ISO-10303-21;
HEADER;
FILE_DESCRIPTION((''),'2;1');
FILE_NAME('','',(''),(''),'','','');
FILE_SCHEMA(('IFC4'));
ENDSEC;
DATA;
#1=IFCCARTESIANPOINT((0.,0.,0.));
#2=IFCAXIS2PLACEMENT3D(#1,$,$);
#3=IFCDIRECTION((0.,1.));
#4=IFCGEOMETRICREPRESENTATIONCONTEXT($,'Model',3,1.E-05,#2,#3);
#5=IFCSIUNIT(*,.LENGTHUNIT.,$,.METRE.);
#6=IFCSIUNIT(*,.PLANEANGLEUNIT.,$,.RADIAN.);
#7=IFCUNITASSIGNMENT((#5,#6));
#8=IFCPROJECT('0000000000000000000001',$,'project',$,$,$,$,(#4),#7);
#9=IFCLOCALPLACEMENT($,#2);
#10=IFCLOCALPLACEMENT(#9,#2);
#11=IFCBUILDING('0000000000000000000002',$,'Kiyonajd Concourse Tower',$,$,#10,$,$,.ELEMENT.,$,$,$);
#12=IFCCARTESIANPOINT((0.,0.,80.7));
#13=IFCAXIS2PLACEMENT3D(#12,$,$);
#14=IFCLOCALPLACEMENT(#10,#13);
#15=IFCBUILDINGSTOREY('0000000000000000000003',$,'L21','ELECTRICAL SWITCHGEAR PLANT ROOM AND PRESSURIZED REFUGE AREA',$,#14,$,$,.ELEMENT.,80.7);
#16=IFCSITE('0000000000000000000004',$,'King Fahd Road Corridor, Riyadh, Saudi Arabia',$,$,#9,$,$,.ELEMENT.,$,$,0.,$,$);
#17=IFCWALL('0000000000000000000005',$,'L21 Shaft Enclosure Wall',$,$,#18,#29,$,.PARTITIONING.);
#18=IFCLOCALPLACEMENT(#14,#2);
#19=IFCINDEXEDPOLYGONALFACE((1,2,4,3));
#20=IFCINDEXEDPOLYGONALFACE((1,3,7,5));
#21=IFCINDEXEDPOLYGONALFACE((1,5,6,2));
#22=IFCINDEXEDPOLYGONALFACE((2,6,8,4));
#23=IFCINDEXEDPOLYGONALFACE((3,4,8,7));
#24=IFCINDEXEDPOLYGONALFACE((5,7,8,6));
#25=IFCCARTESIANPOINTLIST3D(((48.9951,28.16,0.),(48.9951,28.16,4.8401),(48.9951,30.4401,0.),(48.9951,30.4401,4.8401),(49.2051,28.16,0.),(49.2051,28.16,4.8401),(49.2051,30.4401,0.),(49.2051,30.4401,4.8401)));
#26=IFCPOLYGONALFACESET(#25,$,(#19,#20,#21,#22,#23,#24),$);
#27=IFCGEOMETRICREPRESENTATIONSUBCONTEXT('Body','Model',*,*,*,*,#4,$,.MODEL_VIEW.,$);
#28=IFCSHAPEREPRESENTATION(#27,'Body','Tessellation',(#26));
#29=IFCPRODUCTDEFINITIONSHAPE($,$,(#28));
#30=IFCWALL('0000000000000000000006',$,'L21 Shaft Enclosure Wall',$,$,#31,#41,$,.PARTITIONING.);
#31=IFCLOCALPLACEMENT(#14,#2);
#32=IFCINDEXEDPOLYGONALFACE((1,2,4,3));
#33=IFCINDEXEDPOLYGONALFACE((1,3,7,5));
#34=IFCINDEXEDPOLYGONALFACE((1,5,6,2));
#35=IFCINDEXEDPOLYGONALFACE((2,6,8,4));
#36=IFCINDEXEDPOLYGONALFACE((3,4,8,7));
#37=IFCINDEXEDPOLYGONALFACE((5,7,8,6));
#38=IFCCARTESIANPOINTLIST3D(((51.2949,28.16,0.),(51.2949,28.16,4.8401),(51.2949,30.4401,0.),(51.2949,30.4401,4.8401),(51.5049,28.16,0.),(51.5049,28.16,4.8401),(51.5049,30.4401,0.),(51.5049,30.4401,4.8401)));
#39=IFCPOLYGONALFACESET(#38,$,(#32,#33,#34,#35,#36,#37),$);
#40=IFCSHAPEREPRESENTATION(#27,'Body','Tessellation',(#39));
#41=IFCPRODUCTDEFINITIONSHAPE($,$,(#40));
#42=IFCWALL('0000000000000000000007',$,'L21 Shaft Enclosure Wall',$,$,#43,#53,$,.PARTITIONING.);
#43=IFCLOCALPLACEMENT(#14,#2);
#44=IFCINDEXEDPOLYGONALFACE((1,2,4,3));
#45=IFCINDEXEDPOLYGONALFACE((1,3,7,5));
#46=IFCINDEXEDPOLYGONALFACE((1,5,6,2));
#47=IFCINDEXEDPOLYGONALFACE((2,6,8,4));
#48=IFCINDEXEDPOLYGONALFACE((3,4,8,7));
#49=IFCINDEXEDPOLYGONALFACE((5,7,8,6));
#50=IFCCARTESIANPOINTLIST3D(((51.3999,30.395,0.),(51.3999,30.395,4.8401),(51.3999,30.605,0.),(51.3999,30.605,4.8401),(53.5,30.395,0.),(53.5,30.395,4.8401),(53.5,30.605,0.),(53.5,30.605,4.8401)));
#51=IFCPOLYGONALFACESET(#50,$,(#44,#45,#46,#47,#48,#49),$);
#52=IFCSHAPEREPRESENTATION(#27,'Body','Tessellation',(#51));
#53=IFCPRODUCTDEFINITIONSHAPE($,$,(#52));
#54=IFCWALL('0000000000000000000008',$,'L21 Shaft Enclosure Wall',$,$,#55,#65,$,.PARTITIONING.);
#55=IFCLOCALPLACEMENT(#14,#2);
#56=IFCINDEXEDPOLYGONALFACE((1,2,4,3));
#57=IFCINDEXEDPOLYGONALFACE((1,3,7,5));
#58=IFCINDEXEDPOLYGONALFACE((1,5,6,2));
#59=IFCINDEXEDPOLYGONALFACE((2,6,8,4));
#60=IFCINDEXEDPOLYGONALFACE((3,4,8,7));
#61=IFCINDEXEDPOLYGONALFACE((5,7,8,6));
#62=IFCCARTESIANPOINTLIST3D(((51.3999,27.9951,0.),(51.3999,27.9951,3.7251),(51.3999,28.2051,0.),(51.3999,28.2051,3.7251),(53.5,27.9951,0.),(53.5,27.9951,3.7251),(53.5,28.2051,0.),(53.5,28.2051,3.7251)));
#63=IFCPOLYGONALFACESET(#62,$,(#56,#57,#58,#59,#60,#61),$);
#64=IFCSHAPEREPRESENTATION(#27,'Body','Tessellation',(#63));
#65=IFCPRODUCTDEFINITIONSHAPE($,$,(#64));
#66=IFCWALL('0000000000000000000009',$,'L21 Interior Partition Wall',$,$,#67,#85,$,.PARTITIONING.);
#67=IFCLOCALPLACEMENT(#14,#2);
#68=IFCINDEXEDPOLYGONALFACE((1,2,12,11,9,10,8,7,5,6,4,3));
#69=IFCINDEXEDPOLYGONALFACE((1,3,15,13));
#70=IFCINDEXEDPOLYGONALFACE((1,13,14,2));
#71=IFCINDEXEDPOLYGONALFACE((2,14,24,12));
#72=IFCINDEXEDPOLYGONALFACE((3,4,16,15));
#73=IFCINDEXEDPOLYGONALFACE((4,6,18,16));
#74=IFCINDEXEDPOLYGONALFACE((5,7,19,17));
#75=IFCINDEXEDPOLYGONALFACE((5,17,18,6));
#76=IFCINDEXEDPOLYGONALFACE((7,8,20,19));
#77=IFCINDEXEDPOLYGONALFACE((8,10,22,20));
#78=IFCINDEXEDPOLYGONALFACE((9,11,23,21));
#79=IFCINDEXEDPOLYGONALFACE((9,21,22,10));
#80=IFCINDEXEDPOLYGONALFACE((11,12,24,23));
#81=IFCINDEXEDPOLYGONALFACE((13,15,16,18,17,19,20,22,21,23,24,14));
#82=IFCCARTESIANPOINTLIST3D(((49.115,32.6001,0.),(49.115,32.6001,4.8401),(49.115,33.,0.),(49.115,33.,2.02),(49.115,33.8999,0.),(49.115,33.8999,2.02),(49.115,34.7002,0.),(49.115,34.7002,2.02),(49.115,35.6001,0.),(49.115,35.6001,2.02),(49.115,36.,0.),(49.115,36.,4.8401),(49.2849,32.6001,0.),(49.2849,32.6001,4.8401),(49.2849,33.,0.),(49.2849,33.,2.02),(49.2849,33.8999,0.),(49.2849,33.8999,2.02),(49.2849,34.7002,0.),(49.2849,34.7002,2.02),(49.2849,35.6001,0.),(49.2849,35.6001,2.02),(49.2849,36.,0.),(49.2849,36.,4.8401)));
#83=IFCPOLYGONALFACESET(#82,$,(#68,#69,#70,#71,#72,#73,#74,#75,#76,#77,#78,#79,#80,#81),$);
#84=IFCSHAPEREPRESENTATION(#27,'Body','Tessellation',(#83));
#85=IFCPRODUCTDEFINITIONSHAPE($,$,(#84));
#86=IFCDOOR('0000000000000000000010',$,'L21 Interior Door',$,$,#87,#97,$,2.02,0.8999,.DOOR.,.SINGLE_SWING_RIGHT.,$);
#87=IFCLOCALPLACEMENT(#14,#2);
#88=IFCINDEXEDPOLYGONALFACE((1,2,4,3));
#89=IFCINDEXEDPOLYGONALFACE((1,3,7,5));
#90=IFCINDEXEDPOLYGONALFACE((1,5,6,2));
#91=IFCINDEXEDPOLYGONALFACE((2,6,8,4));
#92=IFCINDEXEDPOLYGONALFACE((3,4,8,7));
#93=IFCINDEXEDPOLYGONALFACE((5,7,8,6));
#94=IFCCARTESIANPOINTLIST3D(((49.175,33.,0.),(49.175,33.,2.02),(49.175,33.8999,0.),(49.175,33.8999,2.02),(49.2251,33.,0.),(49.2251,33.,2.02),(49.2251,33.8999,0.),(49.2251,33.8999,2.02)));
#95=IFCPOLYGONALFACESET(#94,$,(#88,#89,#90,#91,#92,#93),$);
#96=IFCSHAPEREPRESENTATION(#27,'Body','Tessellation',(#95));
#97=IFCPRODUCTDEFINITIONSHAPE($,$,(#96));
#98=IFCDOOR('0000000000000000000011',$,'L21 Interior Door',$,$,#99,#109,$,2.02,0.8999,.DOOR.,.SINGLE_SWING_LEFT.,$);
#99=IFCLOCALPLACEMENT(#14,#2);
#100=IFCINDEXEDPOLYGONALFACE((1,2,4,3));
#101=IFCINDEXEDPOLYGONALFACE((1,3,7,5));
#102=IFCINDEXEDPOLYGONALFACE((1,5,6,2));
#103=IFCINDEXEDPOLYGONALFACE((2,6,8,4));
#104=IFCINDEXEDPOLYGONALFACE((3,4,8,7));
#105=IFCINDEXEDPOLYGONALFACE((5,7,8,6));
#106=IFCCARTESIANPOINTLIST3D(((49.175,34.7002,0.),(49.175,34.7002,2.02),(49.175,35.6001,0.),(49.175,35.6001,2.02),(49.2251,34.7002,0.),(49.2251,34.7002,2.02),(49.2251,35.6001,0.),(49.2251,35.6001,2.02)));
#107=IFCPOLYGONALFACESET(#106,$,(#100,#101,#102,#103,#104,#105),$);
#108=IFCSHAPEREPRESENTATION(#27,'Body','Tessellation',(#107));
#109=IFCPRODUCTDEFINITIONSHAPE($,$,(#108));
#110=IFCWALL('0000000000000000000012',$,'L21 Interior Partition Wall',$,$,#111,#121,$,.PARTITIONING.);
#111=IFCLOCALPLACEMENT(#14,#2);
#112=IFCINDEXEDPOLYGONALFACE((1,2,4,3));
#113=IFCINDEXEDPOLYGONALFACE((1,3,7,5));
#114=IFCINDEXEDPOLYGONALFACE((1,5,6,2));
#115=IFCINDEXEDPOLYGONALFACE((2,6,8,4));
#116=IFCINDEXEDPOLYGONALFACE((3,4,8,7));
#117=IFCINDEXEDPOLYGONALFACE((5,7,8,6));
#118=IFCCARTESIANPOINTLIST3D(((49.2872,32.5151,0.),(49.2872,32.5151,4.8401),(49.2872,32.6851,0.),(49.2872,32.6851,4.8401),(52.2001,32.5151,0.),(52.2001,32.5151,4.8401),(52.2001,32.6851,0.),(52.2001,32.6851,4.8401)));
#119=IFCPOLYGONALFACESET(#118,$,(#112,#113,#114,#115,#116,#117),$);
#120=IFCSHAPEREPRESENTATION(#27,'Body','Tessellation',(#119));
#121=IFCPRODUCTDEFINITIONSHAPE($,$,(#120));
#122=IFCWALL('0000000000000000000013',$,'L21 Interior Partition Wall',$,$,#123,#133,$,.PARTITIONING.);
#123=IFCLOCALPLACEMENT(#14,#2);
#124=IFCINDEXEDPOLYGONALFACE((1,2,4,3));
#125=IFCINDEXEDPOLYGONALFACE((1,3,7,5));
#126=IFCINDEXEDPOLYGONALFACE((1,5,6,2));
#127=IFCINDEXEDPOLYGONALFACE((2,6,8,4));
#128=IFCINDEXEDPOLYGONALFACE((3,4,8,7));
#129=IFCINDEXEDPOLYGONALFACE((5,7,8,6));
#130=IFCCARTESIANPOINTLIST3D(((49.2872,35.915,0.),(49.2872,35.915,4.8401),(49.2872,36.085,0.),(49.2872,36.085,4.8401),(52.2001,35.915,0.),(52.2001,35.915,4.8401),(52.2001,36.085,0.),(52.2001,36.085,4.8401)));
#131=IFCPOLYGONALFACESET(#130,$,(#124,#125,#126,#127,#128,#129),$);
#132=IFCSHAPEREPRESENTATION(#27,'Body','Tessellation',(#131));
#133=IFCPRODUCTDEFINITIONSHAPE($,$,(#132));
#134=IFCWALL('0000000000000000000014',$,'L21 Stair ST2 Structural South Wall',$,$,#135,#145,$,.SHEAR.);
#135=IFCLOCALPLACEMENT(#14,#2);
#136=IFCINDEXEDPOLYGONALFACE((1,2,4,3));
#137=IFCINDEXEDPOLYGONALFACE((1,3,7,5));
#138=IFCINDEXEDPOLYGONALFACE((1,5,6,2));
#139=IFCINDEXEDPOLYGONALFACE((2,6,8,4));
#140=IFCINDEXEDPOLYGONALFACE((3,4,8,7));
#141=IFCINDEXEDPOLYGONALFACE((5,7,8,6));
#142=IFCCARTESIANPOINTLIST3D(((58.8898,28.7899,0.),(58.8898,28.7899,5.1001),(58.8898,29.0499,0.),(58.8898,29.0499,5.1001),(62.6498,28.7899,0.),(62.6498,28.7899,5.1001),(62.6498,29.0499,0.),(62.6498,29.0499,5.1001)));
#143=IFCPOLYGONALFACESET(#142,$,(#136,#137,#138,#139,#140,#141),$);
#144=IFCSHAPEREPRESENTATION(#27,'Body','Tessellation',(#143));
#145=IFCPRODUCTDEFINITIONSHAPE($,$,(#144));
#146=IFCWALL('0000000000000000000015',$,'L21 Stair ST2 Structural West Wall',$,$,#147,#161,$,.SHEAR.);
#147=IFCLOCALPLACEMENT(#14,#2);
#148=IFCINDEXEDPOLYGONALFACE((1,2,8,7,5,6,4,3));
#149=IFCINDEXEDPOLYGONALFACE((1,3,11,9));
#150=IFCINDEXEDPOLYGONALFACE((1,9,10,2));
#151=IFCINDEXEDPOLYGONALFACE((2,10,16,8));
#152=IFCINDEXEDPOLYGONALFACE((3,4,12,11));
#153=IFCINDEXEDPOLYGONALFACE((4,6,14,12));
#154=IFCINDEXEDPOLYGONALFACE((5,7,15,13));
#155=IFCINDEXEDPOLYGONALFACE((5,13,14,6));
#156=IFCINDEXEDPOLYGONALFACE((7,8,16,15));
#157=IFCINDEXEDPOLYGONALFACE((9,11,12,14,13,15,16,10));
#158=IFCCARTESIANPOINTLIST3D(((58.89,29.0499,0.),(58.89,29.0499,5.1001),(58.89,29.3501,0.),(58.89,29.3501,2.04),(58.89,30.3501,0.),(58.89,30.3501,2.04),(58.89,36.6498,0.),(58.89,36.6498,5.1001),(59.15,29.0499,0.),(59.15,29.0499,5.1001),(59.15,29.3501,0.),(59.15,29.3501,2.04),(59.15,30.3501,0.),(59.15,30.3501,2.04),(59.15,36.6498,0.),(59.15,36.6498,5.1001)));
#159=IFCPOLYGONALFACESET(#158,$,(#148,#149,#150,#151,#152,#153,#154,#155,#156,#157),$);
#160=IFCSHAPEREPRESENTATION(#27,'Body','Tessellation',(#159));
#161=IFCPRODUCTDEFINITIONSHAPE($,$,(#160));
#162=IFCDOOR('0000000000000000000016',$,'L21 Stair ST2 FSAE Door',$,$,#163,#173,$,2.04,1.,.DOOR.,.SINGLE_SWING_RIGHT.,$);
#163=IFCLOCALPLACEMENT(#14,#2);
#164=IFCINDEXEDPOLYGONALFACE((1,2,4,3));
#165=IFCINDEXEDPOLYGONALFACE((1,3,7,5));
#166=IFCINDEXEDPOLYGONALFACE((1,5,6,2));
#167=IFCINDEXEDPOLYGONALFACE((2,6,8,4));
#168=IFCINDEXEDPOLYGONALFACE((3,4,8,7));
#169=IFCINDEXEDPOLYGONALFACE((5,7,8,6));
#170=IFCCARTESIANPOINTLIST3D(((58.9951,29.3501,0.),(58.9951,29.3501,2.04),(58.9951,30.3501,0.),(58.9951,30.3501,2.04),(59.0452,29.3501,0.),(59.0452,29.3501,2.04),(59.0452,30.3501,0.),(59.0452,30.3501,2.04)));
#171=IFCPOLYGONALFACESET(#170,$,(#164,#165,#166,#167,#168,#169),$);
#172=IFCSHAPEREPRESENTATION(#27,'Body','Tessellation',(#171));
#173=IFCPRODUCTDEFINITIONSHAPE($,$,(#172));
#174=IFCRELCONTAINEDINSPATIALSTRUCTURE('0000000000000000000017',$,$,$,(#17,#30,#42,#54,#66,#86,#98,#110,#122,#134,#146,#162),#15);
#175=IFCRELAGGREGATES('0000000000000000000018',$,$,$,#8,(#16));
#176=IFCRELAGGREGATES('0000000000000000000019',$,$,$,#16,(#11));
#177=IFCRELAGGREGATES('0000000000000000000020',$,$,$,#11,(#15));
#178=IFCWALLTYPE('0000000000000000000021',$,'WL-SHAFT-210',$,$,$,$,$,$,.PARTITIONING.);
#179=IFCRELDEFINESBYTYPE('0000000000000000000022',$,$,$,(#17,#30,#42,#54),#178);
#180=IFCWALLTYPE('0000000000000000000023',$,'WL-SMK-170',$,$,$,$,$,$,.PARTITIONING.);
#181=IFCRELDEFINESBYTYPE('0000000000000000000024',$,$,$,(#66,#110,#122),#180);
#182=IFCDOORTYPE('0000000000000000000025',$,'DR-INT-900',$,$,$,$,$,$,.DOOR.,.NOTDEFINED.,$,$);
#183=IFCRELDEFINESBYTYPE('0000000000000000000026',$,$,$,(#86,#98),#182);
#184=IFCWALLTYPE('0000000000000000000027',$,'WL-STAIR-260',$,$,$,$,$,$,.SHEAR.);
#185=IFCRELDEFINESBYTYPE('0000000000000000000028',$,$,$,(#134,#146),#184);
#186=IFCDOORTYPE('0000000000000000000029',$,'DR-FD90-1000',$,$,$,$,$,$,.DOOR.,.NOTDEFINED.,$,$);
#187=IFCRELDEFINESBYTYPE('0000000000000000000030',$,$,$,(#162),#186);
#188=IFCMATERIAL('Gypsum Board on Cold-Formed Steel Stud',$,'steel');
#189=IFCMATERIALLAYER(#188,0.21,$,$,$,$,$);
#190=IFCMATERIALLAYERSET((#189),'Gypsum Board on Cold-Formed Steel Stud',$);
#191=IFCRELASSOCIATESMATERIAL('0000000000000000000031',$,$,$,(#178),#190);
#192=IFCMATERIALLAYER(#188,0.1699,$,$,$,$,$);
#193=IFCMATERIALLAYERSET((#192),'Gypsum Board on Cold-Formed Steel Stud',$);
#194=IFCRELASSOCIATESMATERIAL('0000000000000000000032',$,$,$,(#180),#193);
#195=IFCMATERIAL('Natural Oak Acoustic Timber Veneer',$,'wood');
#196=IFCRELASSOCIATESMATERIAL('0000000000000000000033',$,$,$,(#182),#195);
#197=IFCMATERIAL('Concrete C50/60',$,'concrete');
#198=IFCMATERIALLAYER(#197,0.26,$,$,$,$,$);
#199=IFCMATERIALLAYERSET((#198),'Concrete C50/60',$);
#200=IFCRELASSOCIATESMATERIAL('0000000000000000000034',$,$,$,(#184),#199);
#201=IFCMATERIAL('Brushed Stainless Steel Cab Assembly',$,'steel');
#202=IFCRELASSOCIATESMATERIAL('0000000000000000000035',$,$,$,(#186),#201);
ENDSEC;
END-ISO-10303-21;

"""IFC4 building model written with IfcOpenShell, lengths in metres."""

from ifc_helpers import new_model, si_unit, direction, frame, frame_2d, origin, place, context, subcontext, project, spatial, rectangle, extrude, material, layer, layer_set, type_object, element, fill, save


model = new_model("IFC4")

# Units and contexts
model_context = context("Model", 3, precision=1e-05, world=origin(), true_north=direction((0.0, 1.0)))
body_context = subcontext(model_context, "Body", "Model", "MODEL_VIEW")
ifc_project = project(units=[si_unit("LENGTHUNIT", "METRE"), si_unit("PLANEANGLEUNIT", "RADIAN")], contexts=[model_context])

# Site, building, storey
site_placement = place(None, origin())
site = spatial("IfcSite", under=ifc_project, at=site_placement, Name="King Fahd Road Corridor, Riyadh, Saudi Arabia", CompositionType="ELEMENT", RefElevation=0.0)
building_placement = place(site_placement, origin())
building = spatial("IfcBuilding", under=site, at=building_placement, Name="Kiyonajd Concourse Tower", CompositionType="ELEMENT")
storey_placement = place(building_placement, frame((0.0, 0.0, 80.7)))
storey = spatial("IfcBuildingStorey", under=building, at=storey_placement, Name="L21", Description="ELECTRICAL SWITCHGEAR PLANT ROOM AND PRESSURIZED REFUGE AREA", CompositionType="ELEMENT", Elevation=80.7)

# Shared definitions
ifc_material_1 = material(Name="Concrete C50/60", Category="concrete")

# Shared definitions
ifc_material_2 = material(Name="Brushed Stainless Steel Cab Assembly", Category="steel")

# Shared definitions
ifc_material_3 = material(Name="Gypsum Board on Cold-Formed Steel Stud", Category="steel")

# Shared definitions
ifc_layer_1 = layer(ifc_material_3, 0.21)
ifc_layer_set_1 = layer_set([ifc_layer_1], Name="Gypsum Board on Cold-Formed Steel Stud")
wall_type_1 = type_object("IfcWallType", Name="WL-SHAFT-210", PredefinedType="PARTITIONING", material=ifc_layer_set_1)

# Walls
for number, where, z_axis, x_axis, name in (
    (1, (49.1001, 28.1599, 0.0), (0.0, 0.0, 1.0), (0.0, 1.0, 0.0), "L21 Shaft Enclosure Wall"),
    (2, (51.3999, 28.1599, 0.0), (0.0, 0.0, 1.0), (0.0, 1.0, 0.0), "L21 Shaft Enclosure Wall"),
):
    element("IfcWall", number, at=place(storey_placement, frame(where, z_axis=z_axis, x_axis=x_axis)), inside=storey, type_object=wall_type_1, Name=name, PredefinedType="PARTITIONING", context=body_context, shape_type="SweptSolid", body=[
        extrude(rectangle(XDim=2.28, YDim=0.21, at=frame_2d((1.1401, 0.0))), origin(), (0.0, 0.0, 1.0), 4.8401),
    ])
wall_1_placement = place(storey_placement, frame((51.3999, 30.5, 0.0), z_axis=(0.0, 0.0, 1.0), x_axis=(1.0, 0.0, 0.0)))
element("IfcWall", 3, at=wall_1_placement, inside=storey, type_object=wall_type_1, Name="L21 Shaft Enclosure Wall", PredefinedType="PARTITIONING", context=body_context, shape_type="SweptSolid", body=[
    extrude(rectangle(XDim=2.1001, YDim=0.21, at=frame_2d((1.05, 0.0))), origin(), (0.0, 0.0, 1.0), 4.8401),
])
wall_2_placement = place(storey_placement, frame((51.3999, 28.1001, 0.0), z_axis=(0.0, 0.0, 1.0), x_axis=(1.0, 0.0, 0.0)))
element("IfcWall", 4, at=wall_2_placement, inside=storey, type_object=wall_type_1, Name="L21 Shaft Enclosure Wall", PredefinedType="PARTITIONING", context=body_context, shape_type="SweptSolid", body=[
    extrude(rectangle(XDim=2.1001, YDim=0.21, at=frame_2d((1.05, 0.0))), origin(), (0.0, 0.0, 1.0), 3.7251),
])

# Wall, openings, doors
ifc_layer_2 = layer(ifc_material_3, 0.1699)
ifc_layer_set_2 = layer_set([ifc_layer_2], Name="Gypsum Board on Cold-Formed Steel Stud")
wall_type_2 = type_object("IfcWallType", Name="WL-SMK-170", PredefinedType="PARTITIONING", material=ifc_layer_set_2)
wall_3_placement = place(storey_placement, frame((49.2, 32.6001, 0.0), z_axis=(0.0, 0.0, 1.0), x_axis=(0.0, 1.0, 0.0)))
wall_3 = element("IfcWall", 5, at=wall_3_placement, inside=storey, type_object=wall_type_2, Name="L21 Interior Partition Wall", PredefinedType="PARTITIONING", context=body_context, shape_type="SweptSolid", body=[
    extrude(rectangle(XDim=3.3999, YDim=0.1699, at=frame_2d((1.7, 0.0))), origin(), (0.0, 0.0, 1.0), 4.8401),
])
opening_1_placement = place(wall_3_placement, frame((0.3999, 0.0, 0.0)))
opening_1 = element("IfcOpeningElement", 6, at=opening_1_placement, cuts=wall_3, PredefinedType="OPENING", context=body_context, shape_type="SweptSolid", body=[
    extrude(rectangle(XDim=0.8999, YDim=2.02, at=frame_2d((0.45, 1.01))), frame((0.0, 0.095, 0.0), z_axis=(0.0, -1.0, 0.0), x_axis=(1.0, 0.0, 0.0)), (0.0, 0.0, 1.0), 0.1899),
])
opening_2_placement = place(wall_3_placement, frame((2.1001, 0.0, 0.0)))
opening_2 = element("IfcOpeningElement", 7, at=opening_2_placement, cuts=wall_3, PredefinedType="OPENING", context=body_context, shape_type="SweptSolid", body=[
    extrude(rectangle(XDim=0.8999, YDim=2.02, at=frame_2d((0.45, 1.01))), frame((0.0, 0.095, 0.0), z_axis=(0.0, -1.0, 0.0), x_axis=(1.0, 0.0, 0.0)), (0.0, 0.0, 1.0), 0.1899),
])
ifc_material_4 = material(Name="Natural Oak Acoustic Timber Veneer", Category="wood")
door_type_1 = type_object("IfcDoorType", Name="DR-INT-900", OperationType="NOTDEFINED", PredefinedType="DOOR", material=ifc_material_4)
door_1_placement = place(opening_1_placement, origin())
door_1 = element("IfcDoor", 8, at=door_1_placement, inside=storey, type_object=door_type_1, Name="L21 Interior Door", OperationType="SINGLE_SWING_RIGHT", OverallHeight=2.02, OverallWidth=0.8999, PredefinedType="DOOR", context=body_context, shape_type="SweptSolid", body=[
    extrude(rectangle(XDim=0.8999, YDim=2.02, at=frame_2d((0.45, 1.01))), frame((0.0, 0.0249, 0.0), z_axis=(0.0, -1.0, 0.0), x_axis=(1.0, 0.0, 0.0)), (0.0, 0.0, 1.0), 0.05),
])
fill(opening_1, door_1)
door_2_placement = place(opening_2_placement, origin())
door_2 = element("IfcDoor", 9, at=door_2_placement, inside=storey, type_object=door_type_1, Name="L21 Interior Door", OperationType="SINGLE_SWING_LEFT", OverallHeight=2.02, OverallWidth=0.8999, PredefinedType="DOOR", context=body_context, shape_type="SweptSolid", body=[
    extrude(rectangle(XDim=0.8999, YDim=2.02, at=frame_2d((0.45, 1.01))), frame((0.0, 0.0249, 0.0), z_axis=(0.0, -1.0, 0.0), x_axis=(1.0, 0.0, 0.0)), (0.0, 0.0, 1.0), 0.05),
])
fill(opening_2, door_2)

# Walls
for number, where, z_axis, x_axis, name in (
    (10, (49.2871, 32.6001, 0.0), (0.0, 0.0, 1.0), (1.0, 0.0, 0.0), "L21 Interior Partition Wall"),
    (11, (49.2871, 36.0, 0.0), (0.0, 0.0, 1.0), (1.0, 0.0, 0.0), "L21 Interior Partition Wall"),
):
    element("IfcWall", number, at=place(storey_placement, frame(where, z_axis=z_axis, x_axis=x_axis)), inside=storey, type_object=wall_type_2, Name=name, PredefinedType="PARTITIONING", context=body_context, shape_type="SweptSolid", body=[
        extrude(rectangle(XDim=2.9128, YDim=0.1699, at=frame_2d((1.4565, 0.0))), origin(), (0.0, 0.0, 1.0), 4.8401),
    ])
ifc_layer_3 = layer(ifc_material_1, 0.26)
ifc_layer_set_3 = layer_set([ifc_layer_3], Name="Concrete C50/60")
wall_type_3 = type_object("IfcWallType", Name="WL-STAIR-260", PredefinedType="SHEAR", material=ifc_layer_set_3)
wall_4_placement = place(storey_placement, frame((58.8899, 28.9199, 0.0), z_axis=(0.0, 0.0, 1.0), x_axis=(1.0, 0.0, 0.0)))
element("IfcWall", 12, at=wall_4_placement, inside=storey, type_object=wall_type_3, Name="L21 Stair ST2 Structural South Wall", PredefinedType="SHEAR", context=body_context, shape_type="SweptSolid", body=[
    extrude(rectangle(XDim=3.76, YDim=0.26, at=frame_2d((1.8799, 0.0))), origin(), (0.0, 0.0, 1.0), 5.1001),
])

# Wall, opening, door
wall_5_placement = place(storey_placement, frame((59.02, 29.05, 0.0), z_axis=(0.0, 0.0, 1.0), x_axis=(0.0, 1.0, 0.0)))
wall_5 = element("IfcWall", 13, at=wall_5_placement, inside=storey, type_object=wall_type_3, Name="L21 Stair ST2 Structural West Wall", PredefinedType="SHEAR", context=body_context, shape_type="SweptSolid", body=[
    extrude(rectangle(XDim=7.5999, YDim=0.26, at=frame_2d((3.7998, 0.0))), origin(), (0.0, 0.0, 1.0), 5.1001),
])
opening_3_placement = place(wall_5_placement, frame((0.3, 0.0, 0.0)))
opening_3 = element("IfcOpeningElement", 14, at=opening_3_placement, cuts=wall_5, PredefinedType="OPENING", context=body_context, shape_type="SweptSolid", body=[
    extrude(rectangle(XDim=1.0, YDim=2.04, at=frame_2d((0.5, 1.02))), frame((0.0, 0.1399, 0.0), z_axis=(0.0, -1.0, 0.0), x_axis=(1.0, 0.0, 0.0)), (0.0, 0.0, 1.0), 0.28),
])
door_type_2 = type_object("IfcDoorType", Name="DR-FD90-1000", OperationType="NOTDEFINED", PredefinedType="DOOR", material=ifc_material_2)
door_3_placement = place(opening_3_placement, origin())
door_3 = element("IfcDoor", 15, at=door_3_placement, inside=storey, type_object=door_type_2, Name="L21 Stair ST2 FSAE Door", OperationType="SINGLE_SWING_RIGHT", OverallHeight=2.04, OverallWidth=1.0, PredefinedType="DOOR", context=body_context, shape_type="SweptSolid", body=[
    extrude(rectangle(XDim=1.0, YDim=2.04, at=frame_2d((0.5, 1.02))), frame((0.0, 0.0249, 0.0), z_axis=(0.0, -1.0, 0.0), x_axis=(1.0, 0.0, 0.0)), (0.0, 0.0, 1.0), 0.05),
])
fill(opening_3, door_3)

save(model, "model.ifc")
